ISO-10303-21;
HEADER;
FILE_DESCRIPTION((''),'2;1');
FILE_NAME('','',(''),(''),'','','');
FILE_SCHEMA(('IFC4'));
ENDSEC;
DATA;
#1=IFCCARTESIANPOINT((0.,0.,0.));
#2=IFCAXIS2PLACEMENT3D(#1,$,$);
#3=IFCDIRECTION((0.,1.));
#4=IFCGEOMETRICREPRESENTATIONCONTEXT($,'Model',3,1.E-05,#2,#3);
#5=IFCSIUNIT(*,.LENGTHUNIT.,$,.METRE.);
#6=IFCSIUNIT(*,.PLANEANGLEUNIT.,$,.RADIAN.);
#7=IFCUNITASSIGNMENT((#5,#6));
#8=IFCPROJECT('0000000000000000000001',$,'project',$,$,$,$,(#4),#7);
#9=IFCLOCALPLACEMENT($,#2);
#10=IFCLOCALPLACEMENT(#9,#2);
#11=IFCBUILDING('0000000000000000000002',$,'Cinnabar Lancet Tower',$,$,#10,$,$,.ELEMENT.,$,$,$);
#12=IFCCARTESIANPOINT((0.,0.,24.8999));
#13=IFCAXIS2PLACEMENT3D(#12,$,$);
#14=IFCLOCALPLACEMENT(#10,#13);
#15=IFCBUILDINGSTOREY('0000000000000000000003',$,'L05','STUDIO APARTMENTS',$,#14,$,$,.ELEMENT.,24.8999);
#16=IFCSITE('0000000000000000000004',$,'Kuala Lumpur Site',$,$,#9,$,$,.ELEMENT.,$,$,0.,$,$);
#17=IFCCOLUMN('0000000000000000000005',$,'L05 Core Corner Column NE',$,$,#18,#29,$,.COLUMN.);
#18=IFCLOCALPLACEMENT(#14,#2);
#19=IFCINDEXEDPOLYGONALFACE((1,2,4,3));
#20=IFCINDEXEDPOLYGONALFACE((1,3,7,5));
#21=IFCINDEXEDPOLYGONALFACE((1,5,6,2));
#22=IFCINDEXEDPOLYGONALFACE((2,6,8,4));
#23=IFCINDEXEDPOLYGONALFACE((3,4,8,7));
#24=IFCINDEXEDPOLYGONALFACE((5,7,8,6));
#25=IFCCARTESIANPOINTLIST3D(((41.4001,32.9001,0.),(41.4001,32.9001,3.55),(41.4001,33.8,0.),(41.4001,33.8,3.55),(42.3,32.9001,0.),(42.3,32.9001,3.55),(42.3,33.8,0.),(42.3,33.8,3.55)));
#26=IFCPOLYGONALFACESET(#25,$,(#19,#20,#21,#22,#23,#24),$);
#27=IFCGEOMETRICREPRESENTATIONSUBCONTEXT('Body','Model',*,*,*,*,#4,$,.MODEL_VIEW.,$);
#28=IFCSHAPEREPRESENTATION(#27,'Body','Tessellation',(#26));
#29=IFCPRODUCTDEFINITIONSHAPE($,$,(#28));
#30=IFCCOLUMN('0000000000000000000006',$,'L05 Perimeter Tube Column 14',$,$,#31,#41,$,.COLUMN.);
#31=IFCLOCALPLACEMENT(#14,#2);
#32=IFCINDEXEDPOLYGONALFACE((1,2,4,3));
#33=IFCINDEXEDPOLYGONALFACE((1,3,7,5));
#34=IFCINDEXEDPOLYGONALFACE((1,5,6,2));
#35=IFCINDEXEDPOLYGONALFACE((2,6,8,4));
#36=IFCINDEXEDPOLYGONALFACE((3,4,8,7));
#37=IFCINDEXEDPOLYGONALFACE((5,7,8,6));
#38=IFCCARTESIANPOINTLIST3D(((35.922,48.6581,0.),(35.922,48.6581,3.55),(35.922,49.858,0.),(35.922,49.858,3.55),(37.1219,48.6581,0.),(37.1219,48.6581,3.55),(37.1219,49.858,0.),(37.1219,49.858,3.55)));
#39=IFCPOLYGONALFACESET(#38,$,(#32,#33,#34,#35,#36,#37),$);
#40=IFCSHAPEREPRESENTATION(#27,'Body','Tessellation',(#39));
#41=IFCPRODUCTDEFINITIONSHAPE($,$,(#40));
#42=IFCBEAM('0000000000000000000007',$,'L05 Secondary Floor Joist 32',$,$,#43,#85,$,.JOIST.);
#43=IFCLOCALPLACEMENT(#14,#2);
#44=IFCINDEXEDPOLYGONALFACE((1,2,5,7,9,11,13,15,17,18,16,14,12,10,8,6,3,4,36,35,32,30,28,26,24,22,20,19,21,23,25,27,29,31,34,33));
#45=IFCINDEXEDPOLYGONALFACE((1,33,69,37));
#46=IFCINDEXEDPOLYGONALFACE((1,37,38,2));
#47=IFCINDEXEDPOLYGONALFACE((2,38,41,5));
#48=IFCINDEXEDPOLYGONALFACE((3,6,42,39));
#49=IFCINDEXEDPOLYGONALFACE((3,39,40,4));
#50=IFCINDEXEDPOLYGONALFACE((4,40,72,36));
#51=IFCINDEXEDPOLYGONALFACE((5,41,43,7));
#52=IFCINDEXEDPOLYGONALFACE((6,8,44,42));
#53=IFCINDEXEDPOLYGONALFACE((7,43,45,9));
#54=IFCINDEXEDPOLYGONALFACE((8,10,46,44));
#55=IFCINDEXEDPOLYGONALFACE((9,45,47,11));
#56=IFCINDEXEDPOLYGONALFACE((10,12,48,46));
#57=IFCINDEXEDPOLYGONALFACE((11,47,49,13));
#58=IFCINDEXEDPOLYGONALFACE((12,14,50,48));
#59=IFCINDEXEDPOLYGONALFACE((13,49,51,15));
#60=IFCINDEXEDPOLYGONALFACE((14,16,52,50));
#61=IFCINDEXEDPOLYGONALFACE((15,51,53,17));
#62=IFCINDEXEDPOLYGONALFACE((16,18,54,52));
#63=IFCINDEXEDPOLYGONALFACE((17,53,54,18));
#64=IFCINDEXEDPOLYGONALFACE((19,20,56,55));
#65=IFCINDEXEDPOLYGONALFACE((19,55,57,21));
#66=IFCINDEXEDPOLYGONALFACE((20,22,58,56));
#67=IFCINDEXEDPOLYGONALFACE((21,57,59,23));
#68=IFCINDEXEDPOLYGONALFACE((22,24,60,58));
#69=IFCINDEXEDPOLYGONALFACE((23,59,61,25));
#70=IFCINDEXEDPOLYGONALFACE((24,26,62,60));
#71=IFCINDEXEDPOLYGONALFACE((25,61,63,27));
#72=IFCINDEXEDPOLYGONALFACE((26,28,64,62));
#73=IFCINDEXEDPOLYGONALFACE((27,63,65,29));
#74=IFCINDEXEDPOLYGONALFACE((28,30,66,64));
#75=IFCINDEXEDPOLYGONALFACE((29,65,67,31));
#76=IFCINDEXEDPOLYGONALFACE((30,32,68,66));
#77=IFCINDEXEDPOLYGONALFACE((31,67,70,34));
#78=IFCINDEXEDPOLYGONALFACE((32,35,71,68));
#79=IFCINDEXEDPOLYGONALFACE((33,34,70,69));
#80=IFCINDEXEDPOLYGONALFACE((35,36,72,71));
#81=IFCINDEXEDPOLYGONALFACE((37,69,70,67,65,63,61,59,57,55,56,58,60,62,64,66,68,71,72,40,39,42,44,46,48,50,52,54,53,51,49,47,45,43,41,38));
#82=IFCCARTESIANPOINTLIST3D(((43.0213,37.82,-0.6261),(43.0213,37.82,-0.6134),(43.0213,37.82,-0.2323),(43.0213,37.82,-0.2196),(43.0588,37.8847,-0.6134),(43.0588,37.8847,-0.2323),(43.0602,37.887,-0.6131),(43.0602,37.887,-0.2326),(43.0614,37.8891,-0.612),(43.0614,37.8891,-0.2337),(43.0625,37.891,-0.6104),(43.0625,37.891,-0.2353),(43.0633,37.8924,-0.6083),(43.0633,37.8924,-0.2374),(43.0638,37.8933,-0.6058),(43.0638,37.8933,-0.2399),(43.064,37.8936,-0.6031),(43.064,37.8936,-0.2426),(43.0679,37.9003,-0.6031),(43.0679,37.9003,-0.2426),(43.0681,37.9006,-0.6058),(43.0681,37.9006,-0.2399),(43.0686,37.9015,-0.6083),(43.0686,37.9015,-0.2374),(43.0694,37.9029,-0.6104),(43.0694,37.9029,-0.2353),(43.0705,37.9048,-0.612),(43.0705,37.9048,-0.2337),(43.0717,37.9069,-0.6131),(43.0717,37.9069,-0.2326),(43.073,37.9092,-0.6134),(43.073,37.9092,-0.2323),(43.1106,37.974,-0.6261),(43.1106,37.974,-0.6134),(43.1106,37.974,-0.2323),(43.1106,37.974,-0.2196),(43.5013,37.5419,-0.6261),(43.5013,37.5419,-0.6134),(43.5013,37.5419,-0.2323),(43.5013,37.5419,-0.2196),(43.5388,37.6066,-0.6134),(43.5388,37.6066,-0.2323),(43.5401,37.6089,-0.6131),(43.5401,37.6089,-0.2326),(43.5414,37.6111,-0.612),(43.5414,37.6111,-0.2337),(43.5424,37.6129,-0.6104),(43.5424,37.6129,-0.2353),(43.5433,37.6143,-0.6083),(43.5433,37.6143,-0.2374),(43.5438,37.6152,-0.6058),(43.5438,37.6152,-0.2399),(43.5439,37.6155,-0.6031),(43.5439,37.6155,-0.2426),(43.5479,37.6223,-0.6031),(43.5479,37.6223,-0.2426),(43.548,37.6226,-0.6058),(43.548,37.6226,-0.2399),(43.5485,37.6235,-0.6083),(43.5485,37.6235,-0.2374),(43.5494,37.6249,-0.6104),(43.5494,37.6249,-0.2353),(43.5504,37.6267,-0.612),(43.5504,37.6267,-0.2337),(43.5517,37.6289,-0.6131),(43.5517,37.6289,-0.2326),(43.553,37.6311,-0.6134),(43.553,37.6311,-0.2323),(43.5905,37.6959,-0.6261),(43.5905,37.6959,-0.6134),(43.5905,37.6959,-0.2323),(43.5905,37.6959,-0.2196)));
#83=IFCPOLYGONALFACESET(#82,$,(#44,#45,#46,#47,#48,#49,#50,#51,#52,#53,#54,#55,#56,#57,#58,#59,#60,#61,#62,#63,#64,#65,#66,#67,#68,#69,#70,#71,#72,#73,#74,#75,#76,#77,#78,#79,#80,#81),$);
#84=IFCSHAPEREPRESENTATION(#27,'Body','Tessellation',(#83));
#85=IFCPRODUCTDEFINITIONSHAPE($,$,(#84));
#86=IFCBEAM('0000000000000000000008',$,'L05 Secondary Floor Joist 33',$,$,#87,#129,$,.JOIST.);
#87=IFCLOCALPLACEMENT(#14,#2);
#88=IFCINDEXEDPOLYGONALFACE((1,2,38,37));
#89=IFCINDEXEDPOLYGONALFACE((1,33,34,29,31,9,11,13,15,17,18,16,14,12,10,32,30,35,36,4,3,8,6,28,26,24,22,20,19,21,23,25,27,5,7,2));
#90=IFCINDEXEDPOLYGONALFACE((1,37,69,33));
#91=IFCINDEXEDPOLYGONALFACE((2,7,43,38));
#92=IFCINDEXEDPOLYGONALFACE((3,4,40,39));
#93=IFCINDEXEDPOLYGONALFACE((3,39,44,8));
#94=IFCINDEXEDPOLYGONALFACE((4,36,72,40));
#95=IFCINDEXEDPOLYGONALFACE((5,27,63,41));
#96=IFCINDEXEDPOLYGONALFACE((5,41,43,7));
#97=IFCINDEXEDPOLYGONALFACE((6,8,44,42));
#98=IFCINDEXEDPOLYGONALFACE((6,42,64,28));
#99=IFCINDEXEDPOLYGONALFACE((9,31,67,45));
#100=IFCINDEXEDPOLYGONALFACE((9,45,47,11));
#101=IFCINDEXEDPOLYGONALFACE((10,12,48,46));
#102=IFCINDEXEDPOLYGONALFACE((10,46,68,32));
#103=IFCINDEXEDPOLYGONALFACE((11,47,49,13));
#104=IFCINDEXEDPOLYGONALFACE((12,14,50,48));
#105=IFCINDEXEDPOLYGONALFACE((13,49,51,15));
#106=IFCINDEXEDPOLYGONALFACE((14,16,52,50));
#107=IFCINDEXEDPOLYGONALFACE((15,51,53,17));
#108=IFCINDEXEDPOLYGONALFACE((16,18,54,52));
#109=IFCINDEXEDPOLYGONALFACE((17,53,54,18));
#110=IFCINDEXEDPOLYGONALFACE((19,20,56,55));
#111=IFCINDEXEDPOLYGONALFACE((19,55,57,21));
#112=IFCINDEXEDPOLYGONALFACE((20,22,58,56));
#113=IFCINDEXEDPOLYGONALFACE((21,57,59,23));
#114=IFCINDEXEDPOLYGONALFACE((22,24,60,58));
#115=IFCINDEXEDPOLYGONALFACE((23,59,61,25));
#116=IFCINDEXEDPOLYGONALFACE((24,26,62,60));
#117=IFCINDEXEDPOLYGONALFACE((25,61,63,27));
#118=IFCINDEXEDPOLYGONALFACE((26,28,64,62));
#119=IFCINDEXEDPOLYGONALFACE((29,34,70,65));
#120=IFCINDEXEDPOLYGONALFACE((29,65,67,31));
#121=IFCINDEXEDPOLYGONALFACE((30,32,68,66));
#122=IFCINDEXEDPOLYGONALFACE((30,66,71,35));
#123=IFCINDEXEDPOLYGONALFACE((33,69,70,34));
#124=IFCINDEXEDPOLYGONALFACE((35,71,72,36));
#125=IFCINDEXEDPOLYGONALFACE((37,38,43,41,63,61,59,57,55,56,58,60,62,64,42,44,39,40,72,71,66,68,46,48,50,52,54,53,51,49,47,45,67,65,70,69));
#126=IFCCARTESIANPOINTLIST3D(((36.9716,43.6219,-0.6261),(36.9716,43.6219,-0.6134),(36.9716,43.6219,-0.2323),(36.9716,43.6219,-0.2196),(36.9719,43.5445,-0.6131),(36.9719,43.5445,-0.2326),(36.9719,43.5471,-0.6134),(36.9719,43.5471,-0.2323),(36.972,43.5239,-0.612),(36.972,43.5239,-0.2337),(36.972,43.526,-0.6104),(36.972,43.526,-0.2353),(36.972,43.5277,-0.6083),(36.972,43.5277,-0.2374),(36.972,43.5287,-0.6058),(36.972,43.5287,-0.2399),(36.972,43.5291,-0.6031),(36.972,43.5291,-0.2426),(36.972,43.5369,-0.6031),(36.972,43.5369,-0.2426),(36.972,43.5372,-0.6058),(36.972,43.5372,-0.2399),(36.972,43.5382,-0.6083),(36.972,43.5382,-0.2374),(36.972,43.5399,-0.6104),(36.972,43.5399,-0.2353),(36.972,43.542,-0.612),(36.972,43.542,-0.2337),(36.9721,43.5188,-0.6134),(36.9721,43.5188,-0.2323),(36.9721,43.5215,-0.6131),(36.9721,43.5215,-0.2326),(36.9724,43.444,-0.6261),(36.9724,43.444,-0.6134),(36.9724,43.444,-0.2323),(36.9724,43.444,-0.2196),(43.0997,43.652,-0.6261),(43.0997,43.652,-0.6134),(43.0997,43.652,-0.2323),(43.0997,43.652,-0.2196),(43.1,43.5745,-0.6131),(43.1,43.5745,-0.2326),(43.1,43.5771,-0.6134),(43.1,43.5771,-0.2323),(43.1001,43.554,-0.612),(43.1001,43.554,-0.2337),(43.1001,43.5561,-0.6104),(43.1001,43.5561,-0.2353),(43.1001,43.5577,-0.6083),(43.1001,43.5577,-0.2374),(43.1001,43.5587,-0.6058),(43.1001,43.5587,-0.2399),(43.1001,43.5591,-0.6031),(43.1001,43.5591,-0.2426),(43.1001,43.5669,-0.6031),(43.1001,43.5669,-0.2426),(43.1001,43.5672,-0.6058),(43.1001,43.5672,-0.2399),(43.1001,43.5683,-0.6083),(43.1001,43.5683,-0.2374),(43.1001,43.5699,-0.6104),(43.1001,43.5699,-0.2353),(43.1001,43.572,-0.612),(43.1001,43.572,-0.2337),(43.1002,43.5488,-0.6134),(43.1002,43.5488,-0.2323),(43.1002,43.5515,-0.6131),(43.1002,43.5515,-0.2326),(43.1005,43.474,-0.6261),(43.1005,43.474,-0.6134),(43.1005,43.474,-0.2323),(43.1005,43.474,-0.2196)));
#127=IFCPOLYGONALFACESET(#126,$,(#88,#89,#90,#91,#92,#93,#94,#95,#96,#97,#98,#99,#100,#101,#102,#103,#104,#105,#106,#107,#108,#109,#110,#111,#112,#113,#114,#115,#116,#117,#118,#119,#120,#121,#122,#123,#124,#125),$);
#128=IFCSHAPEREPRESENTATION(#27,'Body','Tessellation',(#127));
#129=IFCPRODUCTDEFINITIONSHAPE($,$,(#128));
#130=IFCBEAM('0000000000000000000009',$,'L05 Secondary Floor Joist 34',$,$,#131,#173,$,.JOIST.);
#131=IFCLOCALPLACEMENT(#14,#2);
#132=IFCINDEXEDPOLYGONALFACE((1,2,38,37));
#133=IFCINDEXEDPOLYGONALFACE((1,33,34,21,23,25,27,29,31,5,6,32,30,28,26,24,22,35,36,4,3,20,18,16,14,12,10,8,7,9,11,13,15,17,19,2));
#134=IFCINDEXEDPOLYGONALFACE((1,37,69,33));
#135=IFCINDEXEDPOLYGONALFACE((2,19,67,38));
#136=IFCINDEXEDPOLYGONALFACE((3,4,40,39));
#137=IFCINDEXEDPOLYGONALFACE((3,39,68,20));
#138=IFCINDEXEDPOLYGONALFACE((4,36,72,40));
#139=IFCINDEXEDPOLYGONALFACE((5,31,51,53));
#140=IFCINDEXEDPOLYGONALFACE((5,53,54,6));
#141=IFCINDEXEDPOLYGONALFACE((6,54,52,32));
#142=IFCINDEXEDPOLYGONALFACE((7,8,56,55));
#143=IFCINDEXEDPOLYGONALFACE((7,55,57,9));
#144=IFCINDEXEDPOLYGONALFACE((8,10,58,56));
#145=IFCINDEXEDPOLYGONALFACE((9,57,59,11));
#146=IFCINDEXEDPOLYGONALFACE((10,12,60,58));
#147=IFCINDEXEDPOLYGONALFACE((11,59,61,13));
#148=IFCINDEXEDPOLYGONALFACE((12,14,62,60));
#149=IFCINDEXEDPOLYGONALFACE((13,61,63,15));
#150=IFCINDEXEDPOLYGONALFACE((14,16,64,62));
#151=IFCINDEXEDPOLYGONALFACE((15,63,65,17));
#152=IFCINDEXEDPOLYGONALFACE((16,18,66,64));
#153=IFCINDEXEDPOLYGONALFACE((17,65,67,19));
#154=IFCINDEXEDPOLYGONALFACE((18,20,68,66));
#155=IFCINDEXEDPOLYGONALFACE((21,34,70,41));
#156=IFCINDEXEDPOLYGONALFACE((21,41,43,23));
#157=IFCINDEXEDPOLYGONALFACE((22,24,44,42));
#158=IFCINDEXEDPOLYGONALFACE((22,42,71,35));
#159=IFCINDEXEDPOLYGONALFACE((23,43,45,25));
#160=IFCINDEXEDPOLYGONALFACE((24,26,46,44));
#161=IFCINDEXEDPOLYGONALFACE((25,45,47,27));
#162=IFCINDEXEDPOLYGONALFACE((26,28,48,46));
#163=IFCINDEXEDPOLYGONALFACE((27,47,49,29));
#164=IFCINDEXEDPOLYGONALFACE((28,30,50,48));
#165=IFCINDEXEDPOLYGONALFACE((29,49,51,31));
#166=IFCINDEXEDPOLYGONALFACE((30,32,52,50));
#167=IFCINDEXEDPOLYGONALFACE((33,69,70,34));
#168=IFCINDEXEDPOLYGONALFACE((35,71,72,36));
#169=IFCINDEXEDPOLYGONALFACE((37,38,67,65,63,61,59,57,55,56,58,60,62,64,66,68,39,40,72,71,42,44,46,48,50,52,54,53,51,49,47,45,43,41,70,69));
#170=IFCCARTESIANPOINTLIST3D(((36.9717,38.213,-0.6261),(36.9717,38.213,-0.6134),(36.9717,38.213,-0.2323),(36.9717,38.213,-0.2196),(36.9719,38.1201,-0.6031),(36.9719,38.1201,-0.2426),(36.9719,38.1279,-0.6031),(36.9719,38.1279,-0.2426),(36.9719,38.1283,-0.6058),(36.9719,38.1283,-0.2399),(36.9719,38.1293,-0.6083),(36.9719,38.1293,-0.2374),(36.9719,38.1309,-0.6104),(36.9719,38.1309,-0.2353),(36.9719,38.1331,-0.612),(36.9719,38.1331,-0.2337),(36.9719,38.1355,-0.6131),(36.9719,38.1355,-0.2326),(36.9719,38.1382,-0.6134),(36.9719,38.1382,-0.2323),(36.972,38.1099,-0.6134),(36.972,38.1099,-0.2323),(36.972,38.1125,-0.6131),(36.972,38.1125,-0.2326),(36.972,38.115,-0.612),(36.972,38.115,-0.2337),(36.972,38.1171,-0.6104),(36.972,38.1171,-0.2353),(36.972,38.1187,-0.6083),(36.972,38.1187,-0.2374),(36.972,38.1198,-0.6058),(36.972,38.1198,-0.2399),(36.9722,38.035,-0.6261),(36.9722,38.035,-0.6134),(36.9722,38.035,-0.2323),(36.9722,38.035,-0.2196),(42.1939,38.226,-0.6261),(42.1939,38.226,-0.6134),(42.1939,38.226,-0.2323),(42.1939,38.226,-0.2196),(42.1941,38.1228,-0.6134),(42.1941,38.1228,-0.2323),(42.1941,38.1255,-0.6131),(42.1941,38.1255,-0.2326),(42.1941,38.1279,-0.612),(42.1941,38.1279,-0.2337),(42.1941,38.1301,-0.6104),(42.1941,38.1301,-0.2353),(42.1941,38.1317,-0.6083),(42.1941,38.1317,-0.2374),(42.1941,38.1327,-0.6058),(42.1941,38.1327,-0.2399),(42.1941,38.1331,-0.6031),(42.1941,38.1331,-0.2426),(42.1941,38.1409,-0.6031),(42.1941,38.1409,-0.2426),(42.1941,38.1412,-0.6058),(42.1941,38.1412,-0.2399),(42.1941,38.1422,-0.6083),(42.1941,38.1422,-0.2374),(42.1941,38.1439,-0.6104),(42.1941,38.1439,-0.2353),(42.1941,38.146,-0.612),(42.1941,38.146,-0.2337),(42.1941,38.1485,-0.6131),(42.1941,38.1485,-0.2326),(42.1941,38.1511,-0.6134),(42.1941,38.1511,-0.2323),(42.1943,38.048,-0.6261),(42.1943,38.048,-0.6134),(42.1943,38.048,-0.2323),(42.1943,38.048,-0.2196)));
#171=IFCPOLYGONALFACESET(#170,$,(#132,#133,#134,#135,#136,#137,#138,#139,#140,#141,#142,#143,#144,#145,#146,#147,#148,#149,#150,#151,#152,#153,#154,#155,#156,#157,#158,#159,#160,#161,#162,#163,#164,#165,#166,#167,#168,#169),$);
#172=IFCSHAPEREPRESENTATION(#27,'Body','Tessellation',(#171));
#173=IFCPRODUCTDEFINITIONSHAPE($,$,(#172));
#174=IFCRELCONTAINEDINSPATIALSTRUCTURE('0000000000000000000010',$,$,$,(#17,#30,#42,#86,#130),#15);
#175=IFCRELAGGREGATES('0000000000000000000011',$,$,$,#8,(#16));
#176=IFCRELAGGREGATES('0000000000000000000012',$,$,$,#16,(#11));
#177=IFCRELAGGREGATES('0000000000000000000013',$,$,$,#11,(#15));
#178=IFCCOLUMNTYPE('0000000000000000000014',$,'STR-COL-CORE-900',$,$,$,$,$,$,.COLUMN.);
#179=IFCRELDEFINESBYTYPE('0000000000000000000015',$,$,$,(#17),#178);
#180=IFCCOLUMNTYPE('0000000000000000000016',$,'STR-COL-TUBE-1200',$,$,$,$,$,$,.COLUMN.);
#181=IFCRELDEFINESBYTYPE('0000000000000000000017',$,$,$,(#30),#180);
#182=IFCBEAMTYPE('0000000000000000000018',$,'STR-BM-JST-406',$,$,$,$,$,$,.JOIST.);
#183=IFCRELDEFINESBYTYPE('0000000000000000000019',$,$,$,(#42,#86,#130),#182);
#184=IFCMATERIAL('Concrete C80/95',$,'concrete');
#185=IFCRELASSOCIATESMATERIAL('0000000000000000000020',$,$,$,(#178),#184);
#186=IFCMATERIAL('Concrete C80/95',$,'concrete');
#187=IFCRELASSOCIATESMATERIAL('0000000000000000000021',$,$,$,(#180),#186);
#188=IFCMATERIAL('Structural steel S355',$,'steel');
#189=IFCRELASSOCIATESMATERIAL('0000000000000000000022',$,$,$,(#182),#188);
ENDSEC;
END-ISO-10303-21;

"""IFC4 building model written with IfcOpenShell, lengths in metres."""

from ifc_helpers import new_model, si_unit, direction, frame, origin, origin_2d, place, context, subcontext, project, spatial, rectangle, i_section, extrude, material, material_profile, profile_set, type_object, element, save


model = new_model("IFC4")

# Units and contexts
model_context = context("Model", 3, precision=1e-05, world=origin(), true_north=direction((0.0, 1.0)))
body_context = subcontext(model_context, "Body", "Model", "MODEL_VIEW")
ifc_project = project(units=[si_unit("LENGTHUNIT", "METRE"), si_unit("PLANEANGLEUNIT", "RADIAN")], contexts=[model_context])

# Site, building, storey
site_placement = place(None, origin())
site = spatial("IfcSite", under=ifc_project, at=site_placement, Name="Kuala Lumpur Site", CompositionType="ELEMENT", RefElevation=0.0)
building_placement = place(site_placement, origin())
building = spatial("IfcBuilding", under=site, at=building_placement, Name="Cinnabar Lancet Tower", CompositionType="ELEMENT")
storey_placement = place(building_placement, frame((0.0, 0.0, 24.8999)))
storey = spatial("IfcBuildingStorey", under=building, at=storey_placement, Name="L05", Description="STUDIO APARTMENTS", CompositionType="ELEMENT", Elevation=24.8999)

# Columns
ifc_material_1 = material(Name="Concrete C80/95", Category="concrete")
ifc_material_profile_1 = material_profile(ifc_material_1, rectangle(XDim=0.8999, YDim=0.8999, at=origin_2d()), Name="RC-COL 900x900")
ifc_profile_set_1 = profile_set([ifc_material_profile_1], Name="Concrete C80/95")
column_type_1 = type_object("IfcColumnType", Name="STR-COL-CORE-900", PredefinedType="COLUMN", material=ifc_profile_set_1)
column_1_placement = place(storey_placement, frame((41.8501, 33.3501, 0.0), z_axis=(0.0, 0.0, 1.0), x_axis=(1.0, 0.0, 0.0)))
element("IfcColumn", 1, at=column_1_placement, inside=storey, type_object=column_type_1, Name="L05 Core Corner Column NE", PredefinedType="COLUMN", context=body_context, shape_type="SweptSolid", body=[
    extrude(rectangle(XDim=0.8999, YDim=0.8999, at=origin_2d()), origin(), (0.0, 0.0, 1.0), 3.55),
])
ifc_material_2 = material(Name="Concrete C80/95", Category="concrete")
ifc_material_profile_2 = material_profile(ifc_material_2, rectangle(XDim=1.2, YDim=1.2, at=origin_2d()), Name="RC-COL 1200x1200")
ifc_profile_set_2 = profile_set([ifc_material_profile_2], Name="Concrete C80/95")
column_type_2 = type_object("IfcColumnType", Name="STR-COL-TUBE-1200", PredefinedType="COLUMN", material=ifc_profile_set_2)
column_2_placement = place(storey_placement, frame((36.522, 49.2581, 0.0), z_axis=(0.0, 0.0, 1.0), x_axis=(1.0, 0.0, 0.0)))
element("IfcColumn", 2, at=column_2_placement, inside=storey, type_object=column_type_2, Name="L05 Perimeter Tube Column 14", PredefinedType="COLUMN", context=body_context, shape_type="SweptSolid", body=[
    extrude(rectangle(XDim=1.2, YDim=1.2, at=origin_2d()), origin(), (0.0, 0.0, 1.0), 3.55),
])

# Beams
ifc_material_3 = material(Name="Structural steel S355", Category="steel")
ifc_material_profile_3 = material_profile(ifc_material_3, i_section(OverallWidth=0.178, OverallDepth=0.4065, WebThickness=0.0078, FlangeThickness=0.0127, FilletRadius=0.0103, at=origin_2d()), Name="UKB 406x178x60")
ifc_profile_set_3 = profile_set([ifc_material_profile_3], Name="Structural steel S355")
beam_type_1 = type_object("IfcBeamType", Name="STR-BM-JST-406", PredefinedType="JOIST", material=ifc_profile_set_3)
beam_1_placement = place(storey_placement, frame((43.5459, 37.6189, -0.4229), z_axis=(-0.865276, 0.501296, 0.0), x_axis=(-0.501296, -0.865276, 0.0)))
element("IfcBeam", 3, at=beam_1_placement, inside=storey, type_object=beam_type_1, Name="L05 Secondary Floor Joist 32", PredefinedType="JOIST", context=body_context, shape_type="SweptSolid", body=[
    extrude(i_section(OverallWidth=0.178, OverallDepth=0.4065, WebThickness=0.0078, FlangeThickness=0.0127, FilletRadius=0.0103, at=origin_2d()), origin(), (0.0, 0.0, 1.0), 0.5547),
])
beam_2_placement = place(storey_placement, frame((43.1001, 43.563, -0.4229), z_axis=(-0.999988, -0.0049, 0.0), x_axis=(0.0049, -0.999988, 0.0)))
element("IfcBeam", 4, at=beam_2_placement, inside=storey, type_object=beam_type_1, Name="L05 Secondary Floor Joist 33", PredefinedType="JOIST", context=body_context, shape_type="SweptSolid", body=[
    extrude(i_section(OverallWidth=0.178, OverallDepth=0.4065, WebThickness=0.0078, FlangeThickness=0.0127, FilletRadius=0.0103, at=origin_2d()), origin(), (0.0, 0.0, 1.0), 6.1282),
])
beam_3_placement = place(storey_placement, frame((42.1941, 38.137, -0.4229), z_axis=(-0.999997, -0.002478, 0.0), x_axis=(0.002478, -0.999997, 0.0)))
element("IfcBeam", 5, at=beam_3_placement, inside=storey, type_object=beam_type_1, Name="L05 Secondary Floor Joist 34", PredefinedType="JOIST", context=body_context, shape_type="SweptSolid", body=[
    extrude(i_section(OverallWidth=0.178, OverallDepth=0.4065, WebThickness=0.0078, FlangeThickness=0.0127, FilletRadius=0.0103, at=origin_2d()), origin(), (0.0, 0.0, 1.0), 5.2222),
])

save(model, "model.ifc")
